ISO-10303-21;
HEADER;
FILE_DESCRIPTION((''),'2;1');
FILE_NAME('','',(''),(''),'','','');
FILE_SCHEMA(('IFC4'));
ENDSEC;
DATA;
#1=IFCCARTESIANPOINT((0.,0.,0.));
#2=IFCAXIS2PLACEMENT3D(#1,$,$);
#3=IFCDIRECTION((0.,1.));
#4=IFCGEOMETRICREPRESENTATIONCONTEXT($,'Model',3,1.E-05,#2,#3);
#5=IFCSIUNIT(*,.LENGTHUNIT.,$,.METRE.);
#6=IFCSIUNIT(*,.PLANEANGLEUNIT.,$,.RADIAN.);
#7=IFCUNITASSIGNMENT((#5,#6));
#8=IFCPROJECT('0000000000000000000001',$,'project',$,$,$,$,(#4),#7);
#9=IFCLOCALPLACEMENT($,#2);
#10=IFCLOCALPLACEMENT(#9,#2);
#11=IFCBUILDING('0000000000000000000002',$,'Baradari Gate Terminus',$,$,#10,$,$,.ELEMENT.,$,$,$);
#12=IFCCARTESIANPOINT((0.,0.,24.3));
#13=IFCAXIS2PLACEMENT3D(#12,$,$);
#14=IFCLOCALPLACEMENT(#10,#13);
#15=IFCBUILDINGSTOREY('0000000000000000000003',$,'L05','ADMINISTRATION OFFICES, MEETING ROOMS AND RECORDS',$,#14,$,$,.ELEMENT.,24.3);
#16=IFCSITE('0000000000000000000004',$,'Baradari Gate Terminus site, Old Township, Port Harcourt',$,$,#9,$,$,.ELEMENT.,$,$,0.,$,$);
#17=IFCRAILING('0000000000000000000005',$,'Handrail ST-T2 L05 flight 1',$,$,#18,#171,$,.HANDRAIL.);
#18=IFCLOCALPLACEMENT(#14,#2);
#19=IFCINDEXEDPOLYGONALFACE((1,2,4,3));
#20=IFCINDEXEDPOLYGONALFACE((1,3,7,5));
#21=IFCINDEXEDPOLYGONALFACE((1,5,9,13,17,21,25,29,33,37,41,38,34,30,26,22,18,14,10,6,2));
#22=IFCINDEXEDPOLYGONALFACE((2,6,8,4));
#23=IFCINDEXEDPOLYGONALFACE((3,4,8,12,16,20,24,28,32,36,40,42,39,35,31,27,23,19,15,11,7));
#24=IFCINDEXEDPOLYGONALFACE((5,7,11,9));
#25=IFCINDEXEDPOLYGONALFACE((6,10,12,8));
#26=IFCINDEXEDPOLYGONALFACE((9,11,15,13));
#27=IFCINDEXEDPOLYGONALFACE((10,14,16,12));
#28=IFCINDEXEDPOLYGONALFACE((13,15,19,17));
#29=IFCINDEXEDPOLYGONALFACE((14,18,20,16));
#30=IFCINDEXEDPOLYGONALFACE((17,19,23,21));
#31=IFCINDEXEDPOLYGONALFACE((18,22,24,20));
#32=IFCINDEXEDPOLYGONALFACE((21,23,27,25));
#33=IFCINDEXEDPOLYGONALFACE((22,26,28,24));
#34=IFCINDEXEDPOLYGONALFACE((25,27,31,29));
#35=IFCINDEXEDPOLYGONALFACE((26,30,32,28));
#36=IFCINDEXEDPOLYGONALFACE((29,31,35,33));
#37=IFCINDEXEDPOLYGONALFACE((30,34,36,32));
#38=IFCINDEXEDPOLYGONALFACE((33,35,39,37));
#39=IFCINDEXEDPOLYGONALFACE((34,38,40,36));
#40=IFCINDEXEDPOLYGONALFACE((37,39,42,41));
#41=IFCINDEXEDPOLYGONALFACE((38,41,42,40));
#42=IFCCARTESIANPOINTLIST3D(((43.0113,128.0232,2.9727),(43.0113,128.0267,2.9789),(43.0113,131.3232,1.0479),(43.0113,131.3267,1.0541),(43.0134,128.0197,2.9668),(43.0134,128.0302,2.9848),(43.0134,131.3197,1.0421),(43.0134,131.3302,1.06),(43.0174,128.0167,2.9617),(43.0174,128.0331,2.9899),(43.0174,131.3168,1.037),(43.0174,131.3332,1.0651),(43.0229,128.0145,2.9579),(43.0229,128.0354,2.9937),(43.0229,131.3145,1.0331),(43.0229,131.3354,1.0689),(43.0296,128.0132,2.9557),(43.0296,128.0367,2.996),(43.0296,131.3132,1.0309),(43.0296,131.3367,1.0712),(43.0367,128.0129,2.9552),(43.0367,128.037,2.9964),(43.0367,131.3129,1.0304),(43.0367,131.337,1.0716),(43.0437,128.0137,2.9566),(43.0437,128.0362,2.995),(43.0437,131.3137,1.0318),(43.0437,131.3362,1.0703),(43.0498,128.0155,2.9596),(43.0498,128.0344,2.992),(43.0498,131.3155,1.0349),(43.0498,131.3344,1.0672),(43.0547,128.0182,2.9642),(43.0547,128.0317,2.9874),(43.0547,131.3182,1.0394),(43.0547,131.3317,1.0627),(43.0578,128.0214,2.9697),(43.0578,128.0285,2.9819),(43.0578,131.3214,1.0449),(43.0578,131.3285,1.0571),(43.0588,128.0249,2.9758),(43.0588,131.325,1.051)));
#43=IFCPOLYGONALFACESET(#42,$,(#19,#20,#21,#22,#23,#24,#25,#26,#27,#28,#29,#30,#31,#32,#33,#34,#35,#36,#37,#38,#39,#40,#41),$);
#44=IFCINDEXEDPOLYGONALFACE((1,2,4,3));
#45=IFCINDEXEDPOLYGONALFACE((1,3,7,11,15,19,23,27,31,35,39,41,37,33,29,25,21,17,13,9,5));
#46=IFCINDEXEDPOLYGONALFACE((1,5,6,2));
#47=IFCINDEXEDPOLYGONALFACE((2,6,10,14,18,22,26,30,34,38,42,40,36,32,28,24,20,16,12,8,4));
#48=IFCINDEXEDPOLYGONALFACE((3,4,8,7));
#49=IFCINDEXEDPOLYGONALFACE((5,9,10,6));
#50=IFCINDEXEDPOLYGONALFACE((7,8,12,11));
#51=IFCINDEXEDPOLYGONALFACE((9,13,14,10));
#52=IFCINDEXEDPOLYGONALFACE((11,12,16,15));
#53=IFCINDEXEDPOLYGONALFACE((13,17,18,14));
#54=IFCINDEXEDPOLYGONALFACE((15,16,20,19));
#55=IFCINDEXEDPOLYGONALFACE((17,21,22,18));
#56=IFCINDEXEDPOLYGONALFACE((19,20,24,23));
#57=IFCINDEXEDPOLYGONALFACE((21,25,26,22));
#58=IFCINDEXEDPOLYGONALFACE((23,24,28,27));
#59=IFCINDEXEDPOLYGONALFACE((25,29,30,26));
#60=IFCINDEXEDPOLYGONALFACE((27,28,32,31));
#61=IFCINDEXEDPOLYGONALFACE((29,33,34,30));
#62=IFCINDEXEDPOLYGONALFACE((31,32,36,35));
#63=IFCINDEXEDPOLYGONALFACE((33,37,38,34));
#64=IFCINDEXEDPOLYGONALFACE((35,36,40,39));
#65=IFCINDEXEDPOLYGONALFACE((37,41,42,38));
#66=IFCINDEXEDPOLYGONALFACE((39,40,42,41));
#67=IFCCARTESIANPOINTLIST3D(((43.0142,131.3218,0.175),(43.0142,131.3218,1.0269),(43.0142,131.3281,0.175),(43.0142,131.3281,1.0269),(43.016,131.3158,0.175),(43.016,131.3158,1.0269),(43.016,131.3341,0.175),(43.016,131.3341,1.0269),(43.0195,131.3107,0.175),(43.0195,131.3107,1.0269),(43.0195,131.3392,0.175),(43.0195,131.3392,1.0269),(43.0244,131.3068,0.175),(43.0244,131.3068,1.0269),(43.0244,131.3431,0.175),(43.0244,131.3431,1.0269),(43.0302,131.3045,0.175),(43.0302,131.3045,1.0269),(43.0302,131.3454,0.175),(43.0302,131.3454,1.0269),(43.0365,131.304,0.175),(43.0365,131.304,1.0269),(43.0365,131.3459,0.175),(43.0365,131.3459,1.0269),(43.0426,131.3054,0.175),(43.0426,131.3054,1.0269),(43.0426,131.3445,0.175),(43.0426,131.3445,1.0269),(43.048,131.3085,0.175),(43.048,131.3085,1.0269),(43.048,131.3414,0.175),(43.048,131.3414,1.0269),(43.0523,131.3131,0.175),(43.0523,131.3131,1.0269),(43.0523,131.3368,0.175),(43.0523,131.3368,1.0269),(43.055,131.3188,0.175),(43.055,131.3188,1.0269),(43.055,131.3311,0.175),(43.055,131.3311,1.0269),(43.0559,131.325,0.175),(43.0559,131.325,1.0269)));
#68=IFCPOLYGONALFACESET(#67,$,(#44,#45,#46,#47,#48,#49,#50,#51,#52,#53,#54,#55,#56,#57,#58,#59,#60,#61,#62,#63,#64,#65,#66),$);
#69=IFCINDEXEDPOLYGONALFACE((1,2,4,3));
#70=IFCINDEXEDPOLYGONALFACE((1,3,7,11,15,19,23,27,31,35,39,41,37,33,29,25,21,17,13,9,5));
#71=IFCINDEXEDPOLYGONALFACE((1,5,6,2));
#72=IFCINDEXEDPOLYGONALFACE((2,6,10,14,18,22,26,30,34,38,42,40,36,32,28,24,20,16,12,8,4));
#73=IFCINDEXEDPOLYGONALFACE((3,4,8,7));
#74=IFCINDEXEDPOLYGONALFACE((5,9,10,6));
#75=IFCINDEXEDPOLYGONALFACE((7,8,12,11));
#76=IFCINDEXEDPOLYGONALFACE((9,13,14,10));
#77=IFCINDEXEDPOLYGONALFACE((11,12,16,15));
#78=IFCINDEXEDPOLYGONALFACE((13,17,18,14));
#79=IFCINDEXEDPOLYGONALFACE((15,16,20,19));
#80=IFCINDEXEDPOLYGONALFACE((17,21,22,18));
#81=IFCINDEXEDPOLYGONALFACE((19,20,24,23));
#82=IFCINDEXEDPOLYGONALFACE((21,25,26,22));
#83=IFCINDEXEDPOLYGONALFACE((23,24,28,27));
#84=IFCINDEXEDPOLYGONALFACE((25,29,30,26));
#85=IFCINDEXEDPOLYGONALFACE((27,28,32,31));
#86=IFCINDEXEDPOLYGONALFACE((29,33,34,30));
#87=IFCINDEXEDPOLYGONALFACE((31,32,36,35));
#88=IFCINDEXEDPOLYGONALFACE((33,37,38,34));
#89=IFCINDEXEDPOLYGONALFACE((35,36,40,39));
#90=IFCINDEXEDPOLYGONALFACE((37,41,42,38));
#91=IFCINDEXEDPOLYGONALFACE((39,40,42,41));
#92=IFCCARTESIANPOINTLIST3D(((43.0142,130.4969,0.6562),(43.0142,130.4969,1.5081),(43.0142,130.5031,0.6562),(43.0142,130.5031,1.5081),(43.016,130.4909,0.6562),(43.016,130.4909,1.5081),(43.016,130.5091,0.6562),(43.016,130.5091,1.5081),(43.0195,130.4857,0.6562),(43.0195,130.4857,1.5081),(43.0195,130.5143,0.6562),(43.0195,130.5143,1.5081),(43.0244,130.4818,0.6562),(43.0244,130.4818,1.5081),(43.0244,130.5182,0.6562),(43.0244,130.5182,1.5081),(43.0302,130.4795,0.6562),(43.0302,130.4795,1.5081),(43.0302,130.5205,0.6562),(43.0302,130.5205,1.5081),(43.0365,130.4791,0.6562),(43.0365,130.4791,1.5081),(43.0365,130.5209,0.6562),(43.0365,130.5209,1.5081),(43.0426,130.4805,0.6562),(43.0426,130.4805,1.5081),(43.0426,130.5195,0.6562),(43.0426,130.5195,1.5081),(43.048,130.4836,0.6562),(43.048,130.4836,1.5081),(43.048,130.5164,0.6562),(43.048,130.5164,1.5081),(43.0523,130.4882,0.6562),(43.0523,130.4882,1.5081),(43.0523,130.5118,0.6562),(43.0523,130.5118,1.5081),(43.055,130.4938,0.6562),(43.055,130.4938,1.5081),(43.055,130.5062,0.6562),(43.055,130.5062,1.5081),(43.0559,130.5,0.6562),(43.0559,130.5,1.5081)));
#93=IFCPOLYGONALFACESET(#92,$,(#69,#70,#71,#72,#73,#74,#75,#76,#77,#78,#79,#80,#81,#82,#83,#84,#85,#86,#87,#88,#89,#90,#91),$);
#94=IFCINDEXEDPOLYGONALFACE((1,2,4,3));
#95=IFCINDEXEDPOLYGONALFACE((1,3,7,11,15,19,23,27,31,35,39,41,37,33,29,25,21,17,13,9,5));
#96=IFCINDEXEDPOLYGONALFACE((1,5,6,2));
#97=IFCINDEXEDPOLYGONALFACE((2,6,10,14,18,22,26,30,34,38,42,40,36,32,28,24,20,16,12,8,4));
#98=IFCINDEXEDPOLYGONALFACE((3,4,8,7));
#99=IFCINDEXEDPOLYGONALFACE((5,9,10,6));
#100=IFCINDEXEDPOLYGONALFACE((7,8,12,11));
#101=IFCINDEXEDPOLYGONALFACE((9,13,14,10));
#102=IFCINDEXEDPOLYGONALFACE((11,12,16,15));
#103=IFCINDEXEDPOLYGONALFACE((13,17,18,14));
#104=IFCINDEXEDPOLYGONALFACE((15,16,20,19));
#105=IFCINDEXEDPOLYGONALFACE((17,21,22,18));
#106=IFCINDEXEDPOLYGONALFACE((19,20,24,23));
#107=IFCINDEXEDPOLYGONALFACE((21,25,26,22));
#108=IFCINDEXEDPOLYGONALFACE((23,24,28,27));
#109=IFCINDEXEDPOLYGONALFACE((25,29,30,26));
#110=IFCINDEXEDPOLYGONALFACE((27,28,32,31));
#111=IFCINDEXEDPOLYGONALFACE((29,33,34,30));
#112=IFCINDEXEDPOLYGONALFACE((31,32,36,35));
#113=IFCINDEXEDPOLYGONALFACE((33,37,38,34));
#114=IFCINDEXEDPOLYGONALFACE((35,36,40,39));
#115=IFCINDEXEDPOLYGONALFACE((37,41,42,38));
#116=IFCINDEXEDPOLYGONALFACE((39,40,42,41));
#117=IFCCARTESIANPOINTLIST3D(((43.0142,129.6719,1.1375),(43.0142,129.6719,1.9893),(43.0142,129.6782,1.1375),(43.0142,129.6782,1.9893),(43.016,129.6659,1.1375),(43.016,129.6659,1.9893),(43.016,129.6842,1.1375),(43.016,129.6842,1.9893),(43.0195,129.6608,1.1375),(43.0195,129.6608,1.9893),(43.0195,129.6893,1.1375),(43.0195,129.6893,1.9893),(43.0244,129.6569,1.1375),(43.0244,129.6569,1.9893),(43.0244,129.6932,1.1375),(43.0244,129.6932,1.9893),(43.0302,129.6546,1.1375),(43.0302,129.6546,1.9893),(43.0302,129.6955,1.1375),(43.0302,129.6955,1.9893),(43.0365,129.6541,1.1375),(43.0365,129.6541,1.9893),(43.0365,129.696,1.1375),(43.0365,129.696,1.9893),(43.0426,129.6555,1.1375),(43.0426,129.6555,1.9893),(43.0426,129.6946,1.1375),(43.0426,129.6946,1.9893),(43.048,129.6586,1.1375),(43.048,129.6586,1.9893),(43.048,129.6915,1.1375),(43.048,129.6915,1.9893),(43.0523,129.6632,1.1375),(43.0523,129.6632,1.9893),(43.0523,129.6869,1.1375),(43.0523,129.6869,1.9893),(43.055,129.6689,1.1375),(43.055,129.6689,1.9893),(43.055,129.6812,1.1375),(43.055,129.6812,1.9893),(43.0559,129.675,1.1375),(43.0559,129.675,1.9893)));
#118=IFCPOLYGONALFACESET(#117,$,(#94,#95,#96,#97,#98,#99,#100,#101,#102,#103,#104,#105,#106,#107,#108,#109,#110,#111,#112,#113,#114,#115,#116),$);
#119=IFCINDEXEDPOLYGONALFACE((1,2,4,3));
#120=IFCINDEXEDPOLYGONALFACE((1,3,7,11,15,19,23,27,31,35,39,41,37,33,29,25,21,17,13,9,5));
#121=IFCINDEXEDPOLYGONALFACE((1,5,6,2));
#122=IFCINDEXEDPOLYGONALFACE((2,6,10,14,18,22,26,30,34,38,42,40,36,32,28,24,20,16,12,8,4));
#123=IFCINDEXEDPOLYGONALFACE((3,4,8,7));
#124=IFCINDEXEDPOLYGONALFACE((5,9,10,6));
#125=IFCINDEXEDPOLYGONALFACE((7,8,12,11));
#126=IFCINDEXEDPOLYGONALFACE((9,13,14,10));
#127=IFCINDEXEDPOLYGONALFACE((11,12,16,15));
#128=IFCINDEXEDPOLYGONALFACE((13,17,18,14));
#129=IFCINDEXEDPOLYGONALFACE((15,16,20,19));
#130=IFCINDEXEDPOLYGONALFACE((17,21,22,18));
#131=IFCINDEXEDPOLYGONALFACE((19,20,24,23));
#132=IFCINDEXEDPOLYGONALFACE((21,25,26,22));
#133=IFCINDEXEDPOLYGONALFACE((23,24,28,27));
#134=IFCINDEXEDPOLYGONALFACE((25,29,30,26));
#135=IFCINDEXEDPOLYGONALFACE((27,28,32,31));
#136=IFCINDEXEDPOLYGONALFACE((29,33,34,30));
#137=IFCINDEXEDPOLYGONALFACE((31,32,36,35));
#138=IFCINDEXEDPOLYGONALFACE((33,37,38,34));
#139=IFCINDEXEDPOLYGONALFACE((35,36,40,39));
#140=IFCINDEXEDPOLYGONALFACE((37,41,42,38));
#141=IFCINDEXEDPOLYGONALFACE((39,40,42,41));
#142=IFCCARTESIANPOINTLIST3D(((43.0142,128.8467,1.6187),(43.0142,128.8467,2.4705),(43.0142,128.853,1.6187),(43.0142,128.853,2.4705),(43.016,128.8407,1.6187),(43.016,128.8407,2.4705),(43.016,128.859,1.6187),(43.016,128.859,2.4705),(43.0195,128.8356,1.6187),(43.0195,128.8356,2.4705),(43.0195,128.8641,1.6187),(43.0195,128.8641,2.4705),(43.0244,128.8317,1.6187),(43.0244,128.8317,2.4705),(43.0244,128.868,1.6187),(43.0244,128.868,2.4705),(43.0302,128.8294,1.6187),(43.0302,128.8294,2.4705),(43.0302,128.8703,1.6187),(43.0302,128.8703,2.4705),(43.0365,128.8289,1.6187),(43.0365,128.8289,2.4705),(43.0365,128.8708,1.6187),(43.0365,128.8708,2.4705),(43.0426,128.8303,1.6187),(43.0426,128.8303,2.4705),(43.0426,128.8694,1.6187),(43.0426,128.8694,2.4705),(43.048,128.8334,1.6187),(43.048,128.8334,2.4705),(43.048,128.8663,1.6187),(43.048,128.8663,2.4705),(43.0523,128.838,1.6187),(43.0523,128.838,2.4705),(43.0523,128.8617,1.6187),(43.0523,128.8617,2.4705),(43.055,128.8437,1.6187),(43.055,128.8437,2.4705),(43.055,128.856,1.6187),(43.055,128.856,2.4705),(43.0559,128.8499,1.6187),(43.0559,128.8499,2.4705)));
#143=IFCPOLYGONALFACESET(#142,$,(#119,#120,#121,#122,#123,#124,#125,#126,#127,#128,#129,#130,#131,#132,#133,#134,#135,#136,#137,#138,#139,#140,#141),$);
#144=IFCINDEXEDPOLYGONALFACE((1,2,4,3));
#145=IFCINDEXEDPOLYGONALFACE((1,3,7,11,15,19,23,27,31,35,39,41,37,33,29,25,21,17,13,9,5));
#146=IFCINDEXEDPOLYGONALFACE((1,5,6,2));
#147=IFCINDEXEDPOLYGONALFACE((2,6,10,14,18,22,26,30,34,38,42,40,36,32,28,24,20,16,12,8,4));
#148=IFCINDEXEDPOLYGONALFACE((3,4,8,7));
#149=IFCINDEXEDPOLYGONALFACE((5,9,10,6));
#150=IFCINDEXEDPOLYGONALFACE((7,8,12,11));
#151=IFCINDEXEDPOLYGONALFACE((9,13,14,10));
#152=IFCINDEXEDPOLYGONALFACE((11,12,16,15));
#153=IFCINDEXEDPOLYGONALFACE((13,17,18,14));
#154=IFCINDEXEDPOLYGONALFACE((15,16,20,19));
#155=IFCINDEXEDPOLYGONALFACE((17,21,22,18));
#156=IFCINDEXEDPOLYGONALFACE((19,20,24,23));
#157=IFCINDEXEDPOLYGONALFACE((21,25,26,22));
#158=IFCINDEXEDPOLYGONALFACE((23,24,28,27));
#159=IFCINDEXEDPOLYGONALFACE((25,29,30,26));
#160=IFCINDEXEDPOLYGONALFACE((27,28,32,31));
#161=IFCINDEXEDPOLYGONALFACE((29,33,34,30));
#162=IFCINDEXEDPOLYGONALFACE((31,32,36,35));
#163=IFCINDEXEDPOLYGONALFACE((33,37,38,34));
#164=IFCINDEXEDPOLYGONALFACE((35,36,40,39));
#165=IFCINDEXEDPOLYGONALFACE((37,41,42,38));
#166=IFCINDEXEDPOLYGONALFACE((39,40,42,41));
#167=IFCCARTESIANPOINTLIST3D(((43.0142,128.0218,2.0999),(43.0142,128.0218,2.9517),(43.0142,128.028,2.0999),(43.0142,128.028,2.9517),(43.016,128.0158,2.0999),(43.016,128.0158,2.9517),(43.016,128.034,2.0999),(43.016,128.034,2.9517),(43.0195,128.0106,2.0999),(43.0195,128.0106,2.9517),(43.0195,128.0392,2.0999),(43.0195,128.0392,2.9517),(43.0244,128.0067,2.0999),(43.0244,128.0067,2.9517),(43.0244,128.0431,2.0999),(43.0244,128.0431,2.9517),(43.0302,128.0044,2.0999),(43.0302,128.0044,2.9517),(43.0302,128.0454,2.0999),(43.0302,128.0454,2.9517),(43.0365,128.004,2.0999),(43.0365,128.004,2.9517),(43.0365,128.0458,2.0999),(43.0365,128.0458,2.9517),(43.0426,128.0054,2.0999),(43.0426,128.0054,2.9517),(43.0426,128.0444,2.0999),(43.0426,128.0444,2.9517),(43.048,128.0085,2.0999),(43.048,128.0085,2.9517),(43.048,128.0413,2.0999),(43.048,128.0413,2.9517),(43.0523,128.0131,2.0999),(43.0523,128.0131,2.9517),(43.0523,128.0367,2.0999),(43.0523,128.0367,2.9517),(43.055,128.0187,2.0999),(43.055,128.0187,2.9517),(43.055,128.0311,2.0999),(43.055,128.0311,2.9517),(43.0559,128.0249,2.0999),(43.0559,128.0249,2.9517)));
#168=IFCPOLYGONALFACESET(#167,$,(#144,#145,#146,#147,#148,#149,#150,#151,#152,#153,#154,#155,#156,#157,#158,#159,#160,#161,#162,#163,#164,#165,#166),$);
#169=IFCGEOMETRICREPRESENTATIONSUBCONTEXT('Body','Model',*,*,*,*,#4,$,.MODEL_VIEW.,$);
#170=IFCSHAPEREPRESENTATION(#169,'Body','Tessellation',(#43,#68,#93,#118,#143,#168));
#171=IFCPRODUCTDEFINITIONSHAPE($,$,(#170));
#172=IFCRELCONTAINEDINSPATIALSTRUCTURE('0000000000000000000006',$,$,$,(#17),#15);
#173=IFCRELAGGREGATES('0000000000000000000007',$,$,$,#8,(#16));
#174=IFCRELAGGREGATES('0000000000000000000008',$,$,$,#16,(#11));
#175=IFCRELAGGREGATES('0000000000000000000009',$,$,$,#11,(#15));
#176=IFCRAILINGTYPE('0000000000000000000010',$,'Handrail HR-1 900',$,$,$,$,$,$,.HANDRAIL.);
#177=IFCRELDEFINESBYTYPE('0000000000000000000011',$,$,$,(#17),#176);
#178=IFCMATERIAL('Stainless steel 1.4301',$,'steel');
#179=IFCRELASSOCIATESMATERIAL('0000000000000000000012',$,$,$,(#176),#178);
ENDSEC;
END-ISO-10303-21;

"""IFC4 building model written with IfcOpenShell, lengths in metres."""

from ifc_helpers import new_model, si_unit, direction, frame, origin, origin_2d, place, context, subcontext, project, spatial, circle, extrude, material, type_object, element, save


model = new_model("IFC4")

# Units and contexts
model_context = context("Model", 3, precision=1e-05, world=origin(), true_north=direction((0.0, 1.0)))
body_context = subcontext(model_context, "Body", "Model", "MODEL_VIEW")
ifc_project = project(units=[si_unit("LENGTHUNIT", "METRE"), si_unit("PLANEANGLEUNIT", "RADIAN")], contexts=[model_context])

# Site, building, storey
site_placement = place(None, origin())
site = spatial("IfcSite", under=ifc_project, at=site_placement, Name="Baradari Gate Terminus site, Old Township, Port Harcourt", CompositionType="ELEMENT", RefElevation=0.0)
building_placement = place(site_placement, origin())
building = spatial("IfcBuilding", under=site, at=building_placement, Name="Baradari Gate Terminus", CompositionType="ELEMENT")
storey_placement = place(building_placement, frame((0.0, 0.0, 24.3)))
storey = spatial("IfcBuildingStorey", under=building, at=storey_placement, Name="L05", Description="ADMINISTRATION OFFICES, MEETING ROOMS AND RECORDS", CompositionType="ELEMENT", Elevation=24.3)

# Railing
ifc_material_1 = material(Name="Stainless steel 1.4301", Category="steel")
railing_type = type_object("IfcRailingType", Name="Handrail HR-1 900", PredefinedType="HANDRAIL", material=ifc_material_1)
for number, where, name in (
    (1, (43.0349, 131.325, 0.175), "Handrail ST-T2 L05 flight 1"),
):
    element("IfcRailing", number, at=place(storey_placement, frame(where)), inside=storey, type_object=railing_type, Name=name, PredefinedType="HANDRAIL", context=body_context, shape_type="SweptSolid", body=[
        extrude(circle(Radius=0.0239, at=origin_2d()), frame((0.0, 0.0, 0.876), z_axis=(0.0, -0.863804, 0.503827), x_axis=(1.0, 0.0, 0.0)), (0.0, 0.0, 1.0), 3.8203),
        extrude(circle(Radius=0.021, at=origin_2d()), origin(), (0.0, 0.0, 1.0), 0.8518),
        extrude(circle(Radius=0.021, at=origin_2d()), frame((0.0, -0.825, 0.4812)), (0.0, 0.0, 1.0), 0.8518),
        extrude(circle(Radius=0.021, at=origin_2d()), frame((0.0, -1.6499, 0.9624)), (0.0, 0.0, 1.0), 0.8518),
        extrude(circle(Radius=0.021, at=origin_2d()), frame((0.0, -2.4751, 1.4436)), (0.0, 0.0, 1.0), 0.8518),
        extrude(circle(Radius=0.021, at=origin_2d()), frame((0.0, -3.3, 1.9248)), (0.0, 0.0, 1.0), 0.8518),
    ])

save(model, "model.ifc")
